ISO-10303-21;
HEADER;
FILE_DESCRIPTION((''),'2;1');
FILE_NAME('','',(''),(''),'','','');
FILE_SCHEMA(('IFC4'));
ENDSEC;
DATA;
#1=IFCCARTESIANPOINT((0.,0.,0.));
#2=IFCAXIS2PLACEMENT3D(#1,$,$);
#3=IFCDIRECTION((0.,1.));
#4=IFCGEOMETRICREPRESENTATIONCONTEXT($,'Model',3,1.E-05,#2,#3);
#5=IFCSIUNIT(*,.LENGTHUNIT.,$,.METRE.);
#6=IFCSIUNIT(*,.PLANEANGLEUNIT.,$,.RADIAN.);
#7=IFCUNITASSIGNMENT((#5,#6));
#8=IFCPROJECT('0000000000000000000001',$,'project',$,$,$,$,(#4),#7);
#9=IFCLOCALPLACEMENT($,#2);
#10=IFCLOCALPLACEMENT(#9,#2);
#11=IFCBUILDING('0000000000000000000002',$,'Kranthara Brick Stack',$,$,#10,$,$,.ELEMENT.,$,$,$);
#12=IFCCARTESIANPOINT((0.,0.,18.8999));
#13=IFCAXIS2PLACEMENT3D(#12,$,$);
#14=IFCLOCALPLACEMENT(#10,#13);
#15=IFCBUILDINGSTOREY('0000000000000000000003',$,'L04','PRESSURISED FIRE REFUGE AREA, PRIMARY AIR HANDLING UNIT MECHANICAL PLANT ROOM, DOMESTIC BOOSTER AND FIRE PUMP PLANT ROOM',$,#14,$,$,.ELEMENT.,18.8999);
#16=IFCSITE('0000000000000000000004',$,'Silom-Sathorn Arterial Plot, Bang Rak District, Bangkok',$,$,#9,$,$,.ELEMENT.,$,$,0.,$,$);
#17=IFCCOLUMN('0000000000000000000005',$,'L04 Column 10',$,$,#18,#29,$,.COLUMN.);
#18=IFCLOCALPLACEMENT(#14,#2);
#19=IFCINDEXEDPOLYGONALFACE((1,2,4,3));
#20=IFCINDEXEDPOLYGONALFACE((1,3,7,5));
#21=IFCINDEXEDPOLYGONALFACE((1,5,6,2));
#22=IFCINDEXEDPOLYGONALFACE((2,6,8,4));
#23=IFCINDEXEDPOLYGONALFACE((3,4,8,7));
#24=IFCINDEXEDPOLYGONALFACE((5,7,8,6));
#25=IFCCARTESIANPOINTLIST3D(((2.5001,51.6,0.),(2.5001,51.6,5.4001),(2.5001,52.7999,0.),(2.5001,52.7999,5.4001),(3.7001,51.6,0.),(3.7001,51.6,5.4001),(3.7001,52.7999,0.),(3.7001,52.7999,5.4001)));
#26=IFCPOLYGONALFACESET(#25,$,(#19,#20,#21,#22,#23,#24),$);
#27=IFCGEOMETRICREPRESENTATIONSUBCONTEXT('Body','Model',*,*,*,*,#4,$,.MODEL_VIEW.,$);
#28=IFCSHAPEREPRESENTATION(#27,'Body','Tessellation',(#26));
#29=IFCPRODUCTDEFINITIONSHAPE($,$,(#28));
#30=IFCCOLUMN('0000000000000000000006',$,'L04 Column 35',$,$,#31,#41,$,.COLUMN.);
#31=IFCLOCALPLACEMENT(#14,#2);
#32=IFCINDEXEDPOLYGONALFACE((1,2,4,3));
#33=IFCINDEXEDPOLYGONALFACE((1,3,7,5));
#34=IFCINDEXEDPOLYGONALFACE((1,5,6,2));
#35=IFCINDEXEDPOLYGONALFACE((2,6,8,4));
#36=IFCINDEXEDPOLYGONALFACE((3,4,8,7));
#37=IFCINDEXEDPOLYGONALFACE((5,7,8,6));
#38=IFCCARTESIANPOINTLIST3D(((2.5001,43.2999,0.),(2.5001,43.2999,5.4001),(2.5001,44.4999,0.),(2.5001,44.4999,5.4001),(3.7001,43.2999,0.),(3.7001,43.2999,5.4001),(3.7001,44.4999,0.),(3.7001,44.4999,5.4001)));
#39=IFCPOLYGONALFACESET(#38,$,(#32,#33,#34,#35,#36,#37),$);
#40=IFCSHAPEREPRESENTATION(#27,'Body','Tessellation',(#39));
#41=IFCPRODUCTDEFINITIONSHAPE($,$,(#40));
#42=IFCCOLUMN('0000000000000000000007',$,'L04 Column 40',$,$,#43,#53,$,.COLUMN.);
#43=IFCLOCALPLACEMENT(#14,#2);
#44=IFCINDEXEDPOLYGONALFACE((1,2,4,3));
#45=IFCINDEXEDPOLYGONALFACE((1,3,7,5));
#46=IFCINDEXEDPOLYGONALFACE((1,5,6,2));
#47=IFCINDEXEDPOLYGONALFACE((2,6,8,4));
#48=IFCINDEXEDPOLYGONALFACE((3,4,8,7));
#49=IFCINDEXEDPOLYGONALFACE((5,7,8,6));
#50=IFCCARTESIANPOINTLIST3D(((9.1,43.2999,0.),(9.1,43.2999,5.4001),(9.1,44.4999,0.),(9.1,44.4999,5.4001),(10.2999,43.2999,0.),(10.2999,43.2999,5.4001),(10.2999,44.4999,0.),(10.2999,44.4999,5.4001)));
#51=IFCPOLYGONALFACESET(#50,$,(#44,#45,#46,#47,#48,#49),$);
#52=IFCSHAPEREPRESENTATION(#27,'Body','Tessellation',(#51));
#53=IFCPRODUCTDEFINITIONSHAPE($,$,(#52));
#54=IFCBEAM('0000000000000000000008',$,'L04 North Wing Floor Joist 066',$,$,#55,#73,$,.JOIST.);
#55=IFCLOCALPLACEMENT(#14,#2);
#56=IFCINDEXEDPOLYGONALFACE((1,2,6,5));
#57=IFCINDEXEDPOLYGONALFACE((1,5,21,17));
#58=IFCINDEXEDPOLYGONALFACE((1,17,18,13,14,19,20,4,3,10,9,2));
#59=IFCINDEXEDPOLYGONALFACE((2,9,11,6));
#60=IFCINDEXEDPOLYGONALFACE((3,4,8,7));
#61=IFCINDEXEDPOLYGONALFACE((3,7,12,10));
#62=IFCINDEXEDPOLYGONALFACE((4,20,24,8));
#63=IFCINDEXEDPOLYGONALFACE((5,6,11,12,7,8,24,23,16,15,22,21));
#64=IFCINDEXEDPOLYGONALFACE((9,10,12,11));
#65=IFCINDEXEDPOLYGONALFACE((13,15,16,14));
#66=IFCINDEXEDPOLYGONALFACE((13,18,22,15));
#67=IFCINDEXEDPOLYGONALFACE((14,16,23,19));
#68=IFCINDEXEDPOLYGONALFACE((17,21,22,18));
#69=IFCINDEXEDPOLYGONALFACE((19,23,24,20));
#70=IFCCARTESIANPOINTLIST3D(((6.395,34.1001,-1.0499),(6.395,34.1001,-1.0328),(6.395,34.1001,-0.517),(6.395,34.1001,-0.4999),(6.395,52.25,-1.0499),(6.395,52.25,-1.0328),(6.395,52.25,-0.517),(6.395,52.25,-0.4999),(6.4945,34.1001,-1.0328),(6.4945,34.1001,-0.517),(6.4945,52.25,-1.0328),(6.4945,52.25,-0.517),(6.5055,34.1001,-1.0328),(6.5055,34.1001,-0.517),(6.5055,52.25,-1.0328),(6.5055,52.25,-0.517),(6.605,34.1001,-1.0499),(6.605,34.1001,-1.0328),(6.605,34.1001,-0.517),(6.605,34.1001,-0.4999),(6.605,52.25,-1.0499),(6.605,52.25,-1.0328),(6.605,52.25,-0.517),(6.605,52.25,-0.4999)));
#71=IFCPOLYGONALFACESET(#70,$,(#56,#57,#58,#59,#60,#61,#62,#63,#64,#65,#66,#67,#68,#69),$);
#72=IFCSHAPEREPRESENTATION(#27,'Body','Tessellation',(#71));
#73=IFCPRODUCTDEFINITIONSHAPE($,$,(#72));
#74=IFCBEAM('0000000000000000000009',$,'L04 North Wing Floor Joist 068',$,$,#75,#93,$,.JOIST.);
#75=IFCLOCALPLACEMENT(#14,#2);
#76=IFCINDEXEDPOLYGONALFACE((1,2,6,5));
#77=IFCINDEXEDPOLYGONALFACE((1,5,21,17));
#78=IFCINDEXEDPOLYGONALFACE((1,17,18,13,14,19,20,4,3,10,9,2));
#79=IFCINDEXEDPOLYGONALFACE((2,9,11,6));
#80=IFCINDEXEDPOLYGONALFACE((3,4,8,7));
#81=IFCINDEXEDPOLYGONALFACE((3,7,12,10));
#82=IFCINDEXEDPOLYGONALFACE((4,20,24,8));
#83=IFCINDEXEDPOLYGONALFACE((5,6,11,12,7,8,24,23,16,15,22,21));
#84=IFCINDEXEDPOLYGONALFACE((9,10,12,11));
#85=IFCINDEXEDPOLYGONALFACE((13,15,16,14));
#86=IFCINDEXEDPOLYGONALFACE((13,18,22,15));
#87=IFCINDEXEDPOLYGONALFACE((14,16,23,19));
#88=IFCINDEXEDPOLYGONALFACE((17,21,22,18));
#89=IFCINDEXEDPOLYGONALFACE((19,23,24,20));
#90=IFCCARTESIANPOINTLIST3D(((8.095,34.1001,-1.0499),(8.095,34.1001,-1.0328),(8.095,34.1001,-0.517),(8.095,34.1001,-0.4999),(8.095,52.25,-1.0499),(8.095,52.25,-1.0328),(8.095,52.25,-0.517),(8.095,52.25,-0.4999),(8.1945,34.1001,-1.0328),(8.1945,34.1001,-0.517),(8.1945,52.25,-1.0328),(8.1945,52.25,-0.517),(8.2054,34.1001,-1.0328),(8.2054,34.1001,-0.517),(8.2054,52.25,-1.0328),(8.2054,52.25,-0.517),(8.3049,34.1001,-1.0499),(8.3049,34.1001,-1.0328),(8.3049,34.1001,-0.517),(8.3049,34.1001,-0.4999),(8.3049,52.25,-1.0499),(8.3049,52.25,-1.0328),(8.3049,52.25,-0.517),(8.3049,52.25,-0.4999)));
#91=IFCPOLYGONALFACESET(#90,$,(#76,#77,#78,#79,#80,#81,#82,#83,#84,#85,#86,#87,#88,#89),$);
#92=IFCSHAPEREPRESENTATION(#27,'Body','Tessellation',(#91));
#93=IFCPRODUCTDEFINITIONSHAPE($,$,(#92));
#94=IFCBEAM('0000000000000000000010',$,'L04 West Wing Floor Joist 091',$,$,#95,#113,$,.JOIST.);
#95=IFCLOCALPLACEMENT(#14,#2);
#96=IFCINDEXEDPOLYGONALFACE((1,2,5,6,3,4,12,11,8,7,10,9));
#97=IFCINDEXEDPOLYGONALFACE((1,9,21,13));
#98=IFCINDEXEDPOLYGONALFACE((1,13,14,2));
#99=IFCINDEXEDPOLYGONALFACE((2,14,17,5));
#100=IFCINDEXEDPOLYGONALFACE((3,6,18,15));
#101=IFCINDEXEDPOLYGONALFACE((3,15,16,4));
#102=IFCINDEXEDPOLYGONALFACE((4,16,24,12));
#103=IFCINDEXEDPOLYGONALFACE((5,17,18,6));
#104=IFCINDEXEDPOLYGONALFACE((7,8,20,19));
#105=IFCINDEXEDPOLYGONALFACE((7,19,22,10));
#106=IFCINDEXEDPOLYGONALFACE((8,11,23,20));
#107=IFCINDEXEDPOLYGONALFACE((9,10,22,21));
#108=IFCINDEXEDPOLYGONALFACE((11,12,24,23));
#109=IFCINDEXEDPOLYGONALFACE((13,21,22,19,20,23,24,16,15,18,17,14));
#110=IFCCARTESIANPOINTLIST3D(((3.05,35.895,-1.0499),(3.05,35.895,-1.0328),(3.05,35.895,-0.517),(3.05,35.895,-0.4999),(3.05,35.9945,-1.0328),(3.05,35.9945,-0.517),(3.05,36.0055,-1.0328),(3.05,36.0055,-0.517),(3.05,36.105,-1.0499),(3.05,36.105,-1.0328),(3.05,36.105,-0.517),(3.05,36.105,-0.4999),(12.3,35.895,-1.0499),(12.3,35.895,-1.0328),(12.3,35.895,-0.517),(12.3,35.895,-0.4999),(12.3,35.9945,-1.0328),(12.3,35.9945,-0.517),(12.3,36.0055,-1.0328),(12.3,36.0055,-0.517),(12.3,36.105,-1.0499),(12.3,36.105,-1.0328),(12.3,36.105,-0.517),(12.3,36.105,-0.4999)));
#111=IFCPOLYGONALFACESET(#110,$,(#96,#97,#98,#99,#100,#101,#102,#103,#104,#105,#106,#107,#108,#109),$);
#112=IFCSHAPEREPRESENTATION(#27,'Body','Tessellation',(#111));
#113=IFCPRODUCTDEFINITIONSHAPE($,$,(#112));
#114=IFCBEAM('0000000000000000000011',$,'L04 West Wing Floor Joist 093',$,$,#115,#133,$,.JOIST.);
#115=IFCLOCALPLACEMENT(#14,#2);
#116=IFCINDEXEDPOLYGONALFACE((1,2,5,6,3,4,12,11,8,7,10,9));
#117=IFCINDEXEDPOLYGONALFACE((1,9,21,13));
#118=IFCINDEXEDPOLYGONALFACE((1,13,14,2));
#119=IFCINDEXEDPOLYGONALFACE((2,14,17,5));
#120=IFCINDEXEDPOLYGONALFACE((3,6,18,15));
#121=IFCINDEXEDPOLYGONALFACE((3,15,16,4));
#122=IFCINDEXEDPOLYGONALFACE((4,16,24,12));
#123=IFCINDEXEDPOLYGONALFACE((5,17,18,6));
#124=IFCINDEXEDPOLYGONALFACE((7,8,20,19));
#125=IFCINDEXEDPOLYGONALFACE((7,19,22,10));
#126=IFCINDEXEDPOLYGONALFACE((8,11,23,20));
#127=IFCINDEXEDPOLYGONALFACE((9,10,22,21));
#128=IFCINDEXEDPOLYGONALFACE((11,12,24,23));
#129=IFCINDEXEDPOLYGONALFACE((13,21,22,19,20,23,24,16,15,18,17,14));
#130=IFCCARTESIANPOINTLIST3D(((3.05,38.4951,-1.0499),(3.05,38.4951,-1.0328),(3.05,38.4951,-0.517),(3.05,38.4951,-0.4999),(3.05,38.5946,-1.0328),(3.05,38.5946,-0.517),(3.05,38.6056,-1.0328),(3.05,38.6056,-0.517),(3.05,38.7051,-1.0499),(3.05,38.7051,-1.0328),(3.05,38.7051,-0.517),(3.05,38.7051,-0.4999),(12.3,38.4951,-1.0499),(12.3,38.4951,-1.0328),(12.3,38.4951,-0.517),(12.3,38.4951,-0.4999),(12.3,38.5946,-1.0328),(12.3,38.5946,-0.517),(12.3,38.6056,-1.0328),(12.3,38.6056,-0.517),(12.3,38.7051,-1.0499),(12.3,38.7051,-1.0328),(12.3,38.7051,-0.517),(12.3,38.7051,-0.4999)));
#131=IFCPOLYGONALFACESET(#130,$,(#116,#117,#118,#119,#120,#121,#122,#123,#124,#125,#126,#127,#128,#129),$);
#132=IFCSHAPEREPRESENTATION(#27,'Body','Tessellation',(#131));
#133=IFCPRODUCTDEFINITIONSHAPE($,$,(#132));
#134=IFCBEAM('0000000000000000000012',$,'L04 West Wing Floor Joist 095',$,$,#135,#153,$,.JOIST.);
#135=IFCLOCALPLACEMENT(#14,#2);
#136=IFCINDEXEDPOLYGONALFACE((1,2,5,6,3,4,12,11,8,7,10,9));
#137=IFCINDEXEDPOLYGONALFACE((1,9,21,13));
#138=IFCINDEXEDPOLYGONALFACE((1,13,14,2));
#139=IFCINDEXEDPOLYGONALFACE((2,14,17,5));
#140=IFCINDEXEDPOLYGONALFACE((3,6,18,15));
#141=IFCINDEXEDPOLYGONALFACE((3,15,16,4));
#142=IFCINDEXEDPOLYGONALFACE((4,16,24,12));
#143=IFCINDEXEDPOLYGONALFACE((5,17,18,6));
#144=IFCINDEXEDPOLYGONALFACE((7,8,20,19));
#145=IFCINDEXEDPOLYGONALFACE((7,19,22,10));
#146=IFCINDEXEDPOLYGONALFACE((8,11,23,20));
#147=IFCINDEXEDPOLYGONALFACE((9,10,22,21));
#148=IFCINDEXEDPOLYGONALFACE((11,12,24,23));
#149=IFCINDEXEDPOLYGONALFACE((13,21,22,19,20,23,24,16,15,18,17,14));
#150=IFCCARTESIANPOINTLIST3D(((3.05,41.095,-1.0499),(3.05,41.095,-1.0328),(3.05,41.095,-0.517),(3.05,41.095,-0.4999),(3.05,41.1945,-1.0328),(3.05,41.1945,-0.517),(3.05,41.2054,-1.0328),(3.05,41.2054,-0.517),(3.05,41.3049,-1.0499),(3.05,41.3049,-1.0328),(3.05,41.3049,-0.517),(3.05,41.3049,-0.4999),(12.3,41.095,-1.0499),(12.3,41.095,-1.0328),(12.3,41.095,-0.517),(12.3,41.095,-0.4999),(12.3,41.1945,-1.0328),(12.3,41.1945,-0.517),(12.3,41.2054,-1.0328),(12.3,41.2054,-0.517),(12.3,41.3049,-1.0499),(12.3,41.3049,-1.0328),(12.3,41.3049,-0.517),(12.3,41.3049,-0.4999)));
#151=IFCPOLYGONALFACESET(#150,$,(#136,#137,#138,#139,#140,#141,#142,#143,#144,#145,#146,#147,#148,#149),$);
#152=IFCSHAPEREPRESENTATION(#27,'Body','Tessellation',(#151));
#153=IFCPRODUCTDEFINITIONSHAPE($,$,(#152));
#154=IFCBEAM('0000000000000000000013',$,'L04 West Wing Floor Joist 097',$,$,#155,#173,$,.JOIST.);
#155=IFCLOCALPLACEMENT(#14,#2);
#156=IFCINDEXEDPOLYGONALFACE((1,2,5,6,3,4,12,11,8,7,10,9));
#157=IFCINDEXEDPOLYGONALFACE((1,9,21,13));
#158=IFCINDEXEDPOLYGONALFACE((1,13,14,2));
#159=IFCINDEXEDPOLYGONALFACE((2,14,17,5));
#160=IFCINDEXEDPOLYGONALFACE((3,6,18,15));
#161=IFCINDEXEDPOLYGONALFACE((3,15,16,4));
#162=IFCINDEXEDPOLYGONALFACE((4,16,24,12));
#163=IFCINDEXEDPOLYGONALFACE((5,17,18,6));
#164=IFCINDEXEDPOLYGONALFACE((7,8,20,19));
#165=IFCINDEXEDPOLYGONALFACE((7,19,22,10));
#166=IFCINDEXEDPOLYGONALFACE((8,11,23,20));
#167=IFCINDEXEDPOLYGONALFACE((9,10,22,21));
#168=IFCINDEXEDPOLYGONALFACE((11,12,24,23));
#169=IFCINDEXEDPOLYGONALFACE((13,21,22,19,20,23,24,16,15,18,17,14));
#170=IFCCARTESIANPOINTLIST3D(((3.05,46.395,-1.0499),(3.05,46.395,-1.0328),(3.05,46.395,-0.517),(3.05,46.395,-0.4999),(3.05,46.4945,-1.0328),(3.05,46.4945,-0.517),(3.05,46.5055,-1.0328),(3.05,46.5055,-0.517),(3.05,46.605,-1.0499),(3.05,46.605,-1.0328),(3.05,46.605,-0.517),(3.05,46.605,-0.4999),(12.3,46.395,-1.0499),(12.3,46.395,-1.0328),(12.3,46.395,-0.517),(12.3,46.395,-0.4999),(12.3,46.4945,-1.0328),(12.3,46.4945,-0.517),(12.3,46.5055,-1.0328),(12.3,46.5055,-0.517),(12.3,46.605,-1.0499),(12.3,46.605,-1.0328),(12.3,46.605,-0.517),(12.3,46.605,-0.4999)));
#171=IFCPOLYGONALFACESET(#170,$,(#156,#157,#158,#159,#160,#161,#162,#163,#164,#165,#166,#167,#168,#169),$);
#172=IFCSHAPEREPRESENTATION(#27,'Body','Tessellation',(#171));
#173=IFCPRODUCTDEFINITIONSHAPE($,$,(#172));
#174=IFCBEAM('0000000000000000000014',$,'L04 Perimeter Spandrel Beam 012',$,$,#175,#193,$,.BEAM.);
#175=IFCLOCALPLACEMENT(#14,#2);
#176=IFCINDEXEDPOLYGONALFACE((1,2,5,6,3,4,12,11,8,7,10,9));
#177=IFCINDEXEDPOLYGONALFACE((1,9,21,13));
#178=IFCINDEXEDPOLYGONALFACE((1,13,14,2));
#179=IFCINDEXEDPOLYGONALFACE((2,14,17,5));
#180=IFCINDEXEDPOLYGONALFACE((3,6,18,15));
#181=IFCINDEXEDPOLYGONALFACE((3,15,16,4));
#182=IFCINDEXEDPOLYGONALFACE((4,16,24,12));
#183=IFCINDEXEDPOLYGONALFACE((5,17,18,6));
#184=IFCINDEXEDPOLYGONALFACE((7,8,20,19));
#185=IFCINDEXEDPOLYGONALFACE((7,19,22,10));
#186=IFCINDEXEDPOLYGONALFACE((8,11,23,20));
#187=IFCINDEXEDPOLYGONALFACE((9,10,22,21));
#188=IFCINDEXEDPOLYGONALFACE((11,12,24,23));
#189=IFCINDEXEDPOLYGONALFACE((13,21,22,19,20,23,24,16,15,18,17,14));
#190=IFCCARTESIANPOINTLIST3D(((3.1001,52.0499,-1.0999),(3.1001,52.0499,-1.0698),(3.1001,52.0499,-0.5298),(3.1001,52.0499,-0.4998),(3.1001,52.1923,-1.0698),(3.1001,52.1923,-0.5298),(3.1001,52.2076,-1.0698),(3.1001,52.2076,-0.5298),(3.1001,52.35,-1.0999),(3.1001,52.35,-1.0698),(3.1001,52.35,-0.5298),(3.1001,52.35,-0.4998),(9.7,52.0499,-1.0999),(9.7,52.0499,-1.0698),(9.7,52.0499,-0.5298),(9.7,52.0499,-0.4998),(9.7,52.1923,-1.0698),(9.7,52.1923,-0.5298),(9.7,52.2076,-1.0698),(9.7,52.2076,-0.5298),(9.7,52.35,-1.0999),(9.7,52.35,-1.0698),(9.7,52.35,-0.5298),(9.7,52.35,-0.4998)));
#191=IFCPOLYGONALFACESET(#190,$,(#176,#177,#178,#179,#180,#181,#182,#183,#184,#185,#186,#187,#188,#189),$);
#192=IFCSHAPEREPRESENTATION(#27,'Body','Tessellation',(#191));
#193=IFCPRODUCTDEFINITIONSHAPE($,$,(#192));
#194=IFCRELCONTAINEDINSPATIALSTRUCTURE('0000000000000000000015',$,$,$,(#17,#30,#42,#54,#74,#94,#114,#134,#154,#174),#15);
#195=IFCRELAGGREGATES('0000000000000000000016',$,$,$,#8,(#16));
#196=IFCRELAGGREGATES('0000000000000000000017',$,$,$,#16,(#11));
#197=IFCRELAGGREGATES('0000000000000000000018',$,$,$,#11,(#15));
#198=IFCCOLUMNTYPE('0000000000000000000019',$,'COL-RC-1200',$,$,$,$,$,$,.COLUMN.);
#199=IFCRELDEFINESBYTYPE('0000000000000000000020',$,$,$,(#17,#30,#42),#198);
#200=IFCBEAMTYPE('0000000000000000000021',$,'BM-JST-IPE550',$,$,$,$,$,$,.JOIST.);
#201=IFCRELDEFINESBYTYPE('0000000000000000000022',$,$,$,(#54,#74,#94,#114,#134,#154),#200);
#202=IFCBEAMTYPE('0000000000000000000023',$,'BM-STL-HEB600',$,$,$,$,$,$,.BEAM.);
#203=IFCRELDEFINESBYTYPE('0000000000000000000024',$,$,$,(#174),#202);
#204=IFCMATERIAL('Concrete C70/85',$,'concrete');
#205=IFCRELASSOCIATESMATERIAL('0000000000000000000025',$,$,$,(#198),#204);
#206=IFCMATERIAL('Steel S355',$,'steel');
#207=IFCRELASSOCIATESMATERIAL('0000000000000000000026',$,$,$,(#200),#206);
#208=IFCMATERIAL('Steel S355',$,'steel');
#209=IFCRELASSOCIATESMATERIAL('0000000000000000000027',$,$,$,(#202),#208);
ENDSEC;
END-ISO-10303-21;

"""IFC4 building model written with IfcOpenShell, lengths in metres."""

from ifc_helpers import new_model, si_unit, direction, frame, origin, origin_2d, place, context, subcontext, project, spatial, rectangle, i_section, extrude, material, material_profile, profile_set, type_object, element, save


model = new_model("IFC4")

# Units and contexts
model_context = context("Model", 3, precision=1e-05, world=origin(), true_north=direction((0.0, 1.0)))
body_context = subcontext(model_context, "Body", "Model", "MODEL_VIEW")
ifc_project = project(units=[si_unit("LENGTHUNIT", "METRE"), si_unit("PLANEANGLEUNIT", "RADIAN")], contexts=[model_context])

# Site, building, storey
site_placement = place(None, origin())
site = spatial("IfcSite", under=ifc_project, at=site_placement, Name="Silom-Sathorn Arterial Plot, Bang Rak District, Bangkok", CompositionType="ELEMENT", RefElevation=0.0)
building_placement = place(site_placement, origin())
building = spatial("IfcBuilding", under=site, at=building_placement, Name="Kranthara Brick Stack", CompositionType="ELEMENT")
storey_placement = place(building_placement, frame((0.0, 0.0, 18.8999)))
storey = spatial("IfcBuildingStorey", under=building, at=storey_placement, Name="L04", Description="PRESSURISED FIRE REFUGE AREA, PRIMARY AIR HANDLING UNIT MECHANICAL PLANT ROOM, DOMESTIC BOOSTER AND FIRE PUMP PLANT ROOM", CompositionType="ELEMENT", Elevation=18.8999)

# Columns
ifc_material_1 = material(Name="Concrete C70/85", Category="concrete")
ifc_material_profile_1 = material_profile(ifc_material_1, rectangle(XDim=1.2, YDim=1.2, at=origin_2d()), Name="RC 1200x1200")
ifc_profile_set_1 = profile_set([ifc_material_profile_1], Name="Concrete C70/85")
column_type = type_object("IfcColumnType", Name="COL-RC-1200", PredefinedType="COLUMN", material=ifc_profile_set_1)
for number, where, z_axis, x_axis, name in (
    (1, (3.1001, 52.2, 0.0), (0.0, 0.0, 1.0), (1.0, 0.0, 0.0), "L04 Column 10"),
    (2, (3.1001, 43.8999, 0.0), (0.0, 0.0, 1.0), (1.0, 0.0, 0.0), "L04 Column 35"),
    (3, (9.7, 43.8999, 0.0), (0.0, 0.0, 1.0), (1.0, 0.0, 0.0), "L04 Column 40"),
):
    element("IfcColumn", number, at=place(storey_placement, frame(where, z_axis=z_axis, x_axis=x_axis)), inside=storey, type_object=column_type, Name=name, PredefinedType="COLUMN", context=body_context, shape_type="SweptSolid", body=[
        extrude(rectangle(XDim=1.2, YDim=1.2, at=origin_2d()), origin(), (0.0, 0.0, 1.0), 5.4001),
    ])

# Beams
ifc_material_2 = material(Name="Steel S355", Category="steel")
ifc_material_profile_2 = material_profile(ifc_material_2, i_section(OverallWidth=0.21, OverallDepth=0.55, WebThickness=0.011, FlangeThickness=0.0171, at=origin_2d()), Name="IPE 550")
ifc_profile_set_2 = profile_set([ifc_material_profile_2], Name="Steel S355")
beam_type_1 = type_object("IfcBeamType", Name="BM-JST-IPE550", PredefinedType="JOIST", material=ifc_profile_set_2)
for number, where, z_axis, x_axis, name in (
    (4, (6.5, 34.1001, -0.7749), (0.0, 1.0, 0.0), (-1.0, 0.0, 0.0), "L04 North Wing Floor Joist 066"),
    (5, (8.2, 34.1001, -0.7749), (0.0, 1.0, 0.0), (-1.0, 0.0, 0.0), "L04 North Wing Floor Joist 068"),
):
    element("IfcBeam", number, at=place(storey_placement, frame(where, z_axis=z_axis, x_axis=x_axis)), inside=storey, type_object=beam_type_1, Name=name, PredefinedType="JOIST", context=body_context, shape_type="SweptSolid", body=[
        extrude(i_section(OverallWidth=0.21, OverallDepth=0.55, WebThickness=0.011, FlangeThickness=0.0171, at=origin_2d()), origin(), (0.0, 0.0, 1.0), 18.1499),
    ])
for number, where, z_axis, x_axis, name in (
    (6, (3.05, 36.0, -0.7749), (1.0, 0.0, 0.0), (0.0, 1.0, 0.0), "L04 West Wing Floor Joist 091"),
    (7, (3.05, 38.6001, -0.7749), (1.0, 0.0, 0.0), (0.0, 1.0, 0.0), "L04 West Wing Floor Joist 093"),
    (8, (3.05, 41.2, -0.7749), (1.0, 0.0, 0.0), (0.0, 1.0, 0.0), "L04 West Wing Floor Joist 095"),
    (9, (3.05, 46.5, -0.7749), (1.0, 0.0, 0.0), (0.0, 1.0, 0.0), "L04 West Wing Floor Joist 097"),
):
    element("IfcBeam", number, at=place(storey_placement, frame(where, z_axis=z_axis, x_axis=x_axis)), inside=storey, type_object=beam_type_1, Name=name, PredefinedType="JOIST", context=body_context, shape_type="SweptSolid", body=[
        extrude(i_section(OverallWidth=0.21, OverallDepth=0.55, WebThickness=0.011, FlangeThickness=0.0171, at=origin_2d()), origin(), (0.0, 0.0, 1.0), 9.25),
    ])
ifc_material_3 = material(Name="Steel S355", Category="steel")
ifc_material_profile_3 = material_profile(ifc_material_3, i_section(OverallWidth=0.3, OverallDepth=0.6001, WebThickness=0.0154, FlangeThickness=0.03, at=origin_2d()), Name="HEB 600")
ifc_profile_set_3 = profile_set([ifc_material_profile_3], Name="Steel S355")
beam_type_2 = type_object("IfcBeamType", Name="BM-STL-HEB600", PredefinedType="BEAM", material=ifc_profile_set_3)
beam_1_placement = place(storey_placement, frame((3.1001, 52.2, -0.7998), z_axis=(1.0, 0.0, 0.0), x_axis=(0.0, 1.0, 0.0)))
element("IfcBeam", 10, at=beam_1_placement, inside=storey, type_object=beam_type_2, Name="L04 Perimeter Spandrel Beam 012", PredefinedType="BEAM", context=body_context, shape_type="SweptSolid", body=[
    extrude(i_section(OverallWidth=0.3, OverallDepth=0.6001, WebThickness=0.0154, FlangeThickness=0.03, at=origin_2d()), origin(), (0.0, 0.0, 1.0), 6.5999),
])

save(model, "model.ifc")
